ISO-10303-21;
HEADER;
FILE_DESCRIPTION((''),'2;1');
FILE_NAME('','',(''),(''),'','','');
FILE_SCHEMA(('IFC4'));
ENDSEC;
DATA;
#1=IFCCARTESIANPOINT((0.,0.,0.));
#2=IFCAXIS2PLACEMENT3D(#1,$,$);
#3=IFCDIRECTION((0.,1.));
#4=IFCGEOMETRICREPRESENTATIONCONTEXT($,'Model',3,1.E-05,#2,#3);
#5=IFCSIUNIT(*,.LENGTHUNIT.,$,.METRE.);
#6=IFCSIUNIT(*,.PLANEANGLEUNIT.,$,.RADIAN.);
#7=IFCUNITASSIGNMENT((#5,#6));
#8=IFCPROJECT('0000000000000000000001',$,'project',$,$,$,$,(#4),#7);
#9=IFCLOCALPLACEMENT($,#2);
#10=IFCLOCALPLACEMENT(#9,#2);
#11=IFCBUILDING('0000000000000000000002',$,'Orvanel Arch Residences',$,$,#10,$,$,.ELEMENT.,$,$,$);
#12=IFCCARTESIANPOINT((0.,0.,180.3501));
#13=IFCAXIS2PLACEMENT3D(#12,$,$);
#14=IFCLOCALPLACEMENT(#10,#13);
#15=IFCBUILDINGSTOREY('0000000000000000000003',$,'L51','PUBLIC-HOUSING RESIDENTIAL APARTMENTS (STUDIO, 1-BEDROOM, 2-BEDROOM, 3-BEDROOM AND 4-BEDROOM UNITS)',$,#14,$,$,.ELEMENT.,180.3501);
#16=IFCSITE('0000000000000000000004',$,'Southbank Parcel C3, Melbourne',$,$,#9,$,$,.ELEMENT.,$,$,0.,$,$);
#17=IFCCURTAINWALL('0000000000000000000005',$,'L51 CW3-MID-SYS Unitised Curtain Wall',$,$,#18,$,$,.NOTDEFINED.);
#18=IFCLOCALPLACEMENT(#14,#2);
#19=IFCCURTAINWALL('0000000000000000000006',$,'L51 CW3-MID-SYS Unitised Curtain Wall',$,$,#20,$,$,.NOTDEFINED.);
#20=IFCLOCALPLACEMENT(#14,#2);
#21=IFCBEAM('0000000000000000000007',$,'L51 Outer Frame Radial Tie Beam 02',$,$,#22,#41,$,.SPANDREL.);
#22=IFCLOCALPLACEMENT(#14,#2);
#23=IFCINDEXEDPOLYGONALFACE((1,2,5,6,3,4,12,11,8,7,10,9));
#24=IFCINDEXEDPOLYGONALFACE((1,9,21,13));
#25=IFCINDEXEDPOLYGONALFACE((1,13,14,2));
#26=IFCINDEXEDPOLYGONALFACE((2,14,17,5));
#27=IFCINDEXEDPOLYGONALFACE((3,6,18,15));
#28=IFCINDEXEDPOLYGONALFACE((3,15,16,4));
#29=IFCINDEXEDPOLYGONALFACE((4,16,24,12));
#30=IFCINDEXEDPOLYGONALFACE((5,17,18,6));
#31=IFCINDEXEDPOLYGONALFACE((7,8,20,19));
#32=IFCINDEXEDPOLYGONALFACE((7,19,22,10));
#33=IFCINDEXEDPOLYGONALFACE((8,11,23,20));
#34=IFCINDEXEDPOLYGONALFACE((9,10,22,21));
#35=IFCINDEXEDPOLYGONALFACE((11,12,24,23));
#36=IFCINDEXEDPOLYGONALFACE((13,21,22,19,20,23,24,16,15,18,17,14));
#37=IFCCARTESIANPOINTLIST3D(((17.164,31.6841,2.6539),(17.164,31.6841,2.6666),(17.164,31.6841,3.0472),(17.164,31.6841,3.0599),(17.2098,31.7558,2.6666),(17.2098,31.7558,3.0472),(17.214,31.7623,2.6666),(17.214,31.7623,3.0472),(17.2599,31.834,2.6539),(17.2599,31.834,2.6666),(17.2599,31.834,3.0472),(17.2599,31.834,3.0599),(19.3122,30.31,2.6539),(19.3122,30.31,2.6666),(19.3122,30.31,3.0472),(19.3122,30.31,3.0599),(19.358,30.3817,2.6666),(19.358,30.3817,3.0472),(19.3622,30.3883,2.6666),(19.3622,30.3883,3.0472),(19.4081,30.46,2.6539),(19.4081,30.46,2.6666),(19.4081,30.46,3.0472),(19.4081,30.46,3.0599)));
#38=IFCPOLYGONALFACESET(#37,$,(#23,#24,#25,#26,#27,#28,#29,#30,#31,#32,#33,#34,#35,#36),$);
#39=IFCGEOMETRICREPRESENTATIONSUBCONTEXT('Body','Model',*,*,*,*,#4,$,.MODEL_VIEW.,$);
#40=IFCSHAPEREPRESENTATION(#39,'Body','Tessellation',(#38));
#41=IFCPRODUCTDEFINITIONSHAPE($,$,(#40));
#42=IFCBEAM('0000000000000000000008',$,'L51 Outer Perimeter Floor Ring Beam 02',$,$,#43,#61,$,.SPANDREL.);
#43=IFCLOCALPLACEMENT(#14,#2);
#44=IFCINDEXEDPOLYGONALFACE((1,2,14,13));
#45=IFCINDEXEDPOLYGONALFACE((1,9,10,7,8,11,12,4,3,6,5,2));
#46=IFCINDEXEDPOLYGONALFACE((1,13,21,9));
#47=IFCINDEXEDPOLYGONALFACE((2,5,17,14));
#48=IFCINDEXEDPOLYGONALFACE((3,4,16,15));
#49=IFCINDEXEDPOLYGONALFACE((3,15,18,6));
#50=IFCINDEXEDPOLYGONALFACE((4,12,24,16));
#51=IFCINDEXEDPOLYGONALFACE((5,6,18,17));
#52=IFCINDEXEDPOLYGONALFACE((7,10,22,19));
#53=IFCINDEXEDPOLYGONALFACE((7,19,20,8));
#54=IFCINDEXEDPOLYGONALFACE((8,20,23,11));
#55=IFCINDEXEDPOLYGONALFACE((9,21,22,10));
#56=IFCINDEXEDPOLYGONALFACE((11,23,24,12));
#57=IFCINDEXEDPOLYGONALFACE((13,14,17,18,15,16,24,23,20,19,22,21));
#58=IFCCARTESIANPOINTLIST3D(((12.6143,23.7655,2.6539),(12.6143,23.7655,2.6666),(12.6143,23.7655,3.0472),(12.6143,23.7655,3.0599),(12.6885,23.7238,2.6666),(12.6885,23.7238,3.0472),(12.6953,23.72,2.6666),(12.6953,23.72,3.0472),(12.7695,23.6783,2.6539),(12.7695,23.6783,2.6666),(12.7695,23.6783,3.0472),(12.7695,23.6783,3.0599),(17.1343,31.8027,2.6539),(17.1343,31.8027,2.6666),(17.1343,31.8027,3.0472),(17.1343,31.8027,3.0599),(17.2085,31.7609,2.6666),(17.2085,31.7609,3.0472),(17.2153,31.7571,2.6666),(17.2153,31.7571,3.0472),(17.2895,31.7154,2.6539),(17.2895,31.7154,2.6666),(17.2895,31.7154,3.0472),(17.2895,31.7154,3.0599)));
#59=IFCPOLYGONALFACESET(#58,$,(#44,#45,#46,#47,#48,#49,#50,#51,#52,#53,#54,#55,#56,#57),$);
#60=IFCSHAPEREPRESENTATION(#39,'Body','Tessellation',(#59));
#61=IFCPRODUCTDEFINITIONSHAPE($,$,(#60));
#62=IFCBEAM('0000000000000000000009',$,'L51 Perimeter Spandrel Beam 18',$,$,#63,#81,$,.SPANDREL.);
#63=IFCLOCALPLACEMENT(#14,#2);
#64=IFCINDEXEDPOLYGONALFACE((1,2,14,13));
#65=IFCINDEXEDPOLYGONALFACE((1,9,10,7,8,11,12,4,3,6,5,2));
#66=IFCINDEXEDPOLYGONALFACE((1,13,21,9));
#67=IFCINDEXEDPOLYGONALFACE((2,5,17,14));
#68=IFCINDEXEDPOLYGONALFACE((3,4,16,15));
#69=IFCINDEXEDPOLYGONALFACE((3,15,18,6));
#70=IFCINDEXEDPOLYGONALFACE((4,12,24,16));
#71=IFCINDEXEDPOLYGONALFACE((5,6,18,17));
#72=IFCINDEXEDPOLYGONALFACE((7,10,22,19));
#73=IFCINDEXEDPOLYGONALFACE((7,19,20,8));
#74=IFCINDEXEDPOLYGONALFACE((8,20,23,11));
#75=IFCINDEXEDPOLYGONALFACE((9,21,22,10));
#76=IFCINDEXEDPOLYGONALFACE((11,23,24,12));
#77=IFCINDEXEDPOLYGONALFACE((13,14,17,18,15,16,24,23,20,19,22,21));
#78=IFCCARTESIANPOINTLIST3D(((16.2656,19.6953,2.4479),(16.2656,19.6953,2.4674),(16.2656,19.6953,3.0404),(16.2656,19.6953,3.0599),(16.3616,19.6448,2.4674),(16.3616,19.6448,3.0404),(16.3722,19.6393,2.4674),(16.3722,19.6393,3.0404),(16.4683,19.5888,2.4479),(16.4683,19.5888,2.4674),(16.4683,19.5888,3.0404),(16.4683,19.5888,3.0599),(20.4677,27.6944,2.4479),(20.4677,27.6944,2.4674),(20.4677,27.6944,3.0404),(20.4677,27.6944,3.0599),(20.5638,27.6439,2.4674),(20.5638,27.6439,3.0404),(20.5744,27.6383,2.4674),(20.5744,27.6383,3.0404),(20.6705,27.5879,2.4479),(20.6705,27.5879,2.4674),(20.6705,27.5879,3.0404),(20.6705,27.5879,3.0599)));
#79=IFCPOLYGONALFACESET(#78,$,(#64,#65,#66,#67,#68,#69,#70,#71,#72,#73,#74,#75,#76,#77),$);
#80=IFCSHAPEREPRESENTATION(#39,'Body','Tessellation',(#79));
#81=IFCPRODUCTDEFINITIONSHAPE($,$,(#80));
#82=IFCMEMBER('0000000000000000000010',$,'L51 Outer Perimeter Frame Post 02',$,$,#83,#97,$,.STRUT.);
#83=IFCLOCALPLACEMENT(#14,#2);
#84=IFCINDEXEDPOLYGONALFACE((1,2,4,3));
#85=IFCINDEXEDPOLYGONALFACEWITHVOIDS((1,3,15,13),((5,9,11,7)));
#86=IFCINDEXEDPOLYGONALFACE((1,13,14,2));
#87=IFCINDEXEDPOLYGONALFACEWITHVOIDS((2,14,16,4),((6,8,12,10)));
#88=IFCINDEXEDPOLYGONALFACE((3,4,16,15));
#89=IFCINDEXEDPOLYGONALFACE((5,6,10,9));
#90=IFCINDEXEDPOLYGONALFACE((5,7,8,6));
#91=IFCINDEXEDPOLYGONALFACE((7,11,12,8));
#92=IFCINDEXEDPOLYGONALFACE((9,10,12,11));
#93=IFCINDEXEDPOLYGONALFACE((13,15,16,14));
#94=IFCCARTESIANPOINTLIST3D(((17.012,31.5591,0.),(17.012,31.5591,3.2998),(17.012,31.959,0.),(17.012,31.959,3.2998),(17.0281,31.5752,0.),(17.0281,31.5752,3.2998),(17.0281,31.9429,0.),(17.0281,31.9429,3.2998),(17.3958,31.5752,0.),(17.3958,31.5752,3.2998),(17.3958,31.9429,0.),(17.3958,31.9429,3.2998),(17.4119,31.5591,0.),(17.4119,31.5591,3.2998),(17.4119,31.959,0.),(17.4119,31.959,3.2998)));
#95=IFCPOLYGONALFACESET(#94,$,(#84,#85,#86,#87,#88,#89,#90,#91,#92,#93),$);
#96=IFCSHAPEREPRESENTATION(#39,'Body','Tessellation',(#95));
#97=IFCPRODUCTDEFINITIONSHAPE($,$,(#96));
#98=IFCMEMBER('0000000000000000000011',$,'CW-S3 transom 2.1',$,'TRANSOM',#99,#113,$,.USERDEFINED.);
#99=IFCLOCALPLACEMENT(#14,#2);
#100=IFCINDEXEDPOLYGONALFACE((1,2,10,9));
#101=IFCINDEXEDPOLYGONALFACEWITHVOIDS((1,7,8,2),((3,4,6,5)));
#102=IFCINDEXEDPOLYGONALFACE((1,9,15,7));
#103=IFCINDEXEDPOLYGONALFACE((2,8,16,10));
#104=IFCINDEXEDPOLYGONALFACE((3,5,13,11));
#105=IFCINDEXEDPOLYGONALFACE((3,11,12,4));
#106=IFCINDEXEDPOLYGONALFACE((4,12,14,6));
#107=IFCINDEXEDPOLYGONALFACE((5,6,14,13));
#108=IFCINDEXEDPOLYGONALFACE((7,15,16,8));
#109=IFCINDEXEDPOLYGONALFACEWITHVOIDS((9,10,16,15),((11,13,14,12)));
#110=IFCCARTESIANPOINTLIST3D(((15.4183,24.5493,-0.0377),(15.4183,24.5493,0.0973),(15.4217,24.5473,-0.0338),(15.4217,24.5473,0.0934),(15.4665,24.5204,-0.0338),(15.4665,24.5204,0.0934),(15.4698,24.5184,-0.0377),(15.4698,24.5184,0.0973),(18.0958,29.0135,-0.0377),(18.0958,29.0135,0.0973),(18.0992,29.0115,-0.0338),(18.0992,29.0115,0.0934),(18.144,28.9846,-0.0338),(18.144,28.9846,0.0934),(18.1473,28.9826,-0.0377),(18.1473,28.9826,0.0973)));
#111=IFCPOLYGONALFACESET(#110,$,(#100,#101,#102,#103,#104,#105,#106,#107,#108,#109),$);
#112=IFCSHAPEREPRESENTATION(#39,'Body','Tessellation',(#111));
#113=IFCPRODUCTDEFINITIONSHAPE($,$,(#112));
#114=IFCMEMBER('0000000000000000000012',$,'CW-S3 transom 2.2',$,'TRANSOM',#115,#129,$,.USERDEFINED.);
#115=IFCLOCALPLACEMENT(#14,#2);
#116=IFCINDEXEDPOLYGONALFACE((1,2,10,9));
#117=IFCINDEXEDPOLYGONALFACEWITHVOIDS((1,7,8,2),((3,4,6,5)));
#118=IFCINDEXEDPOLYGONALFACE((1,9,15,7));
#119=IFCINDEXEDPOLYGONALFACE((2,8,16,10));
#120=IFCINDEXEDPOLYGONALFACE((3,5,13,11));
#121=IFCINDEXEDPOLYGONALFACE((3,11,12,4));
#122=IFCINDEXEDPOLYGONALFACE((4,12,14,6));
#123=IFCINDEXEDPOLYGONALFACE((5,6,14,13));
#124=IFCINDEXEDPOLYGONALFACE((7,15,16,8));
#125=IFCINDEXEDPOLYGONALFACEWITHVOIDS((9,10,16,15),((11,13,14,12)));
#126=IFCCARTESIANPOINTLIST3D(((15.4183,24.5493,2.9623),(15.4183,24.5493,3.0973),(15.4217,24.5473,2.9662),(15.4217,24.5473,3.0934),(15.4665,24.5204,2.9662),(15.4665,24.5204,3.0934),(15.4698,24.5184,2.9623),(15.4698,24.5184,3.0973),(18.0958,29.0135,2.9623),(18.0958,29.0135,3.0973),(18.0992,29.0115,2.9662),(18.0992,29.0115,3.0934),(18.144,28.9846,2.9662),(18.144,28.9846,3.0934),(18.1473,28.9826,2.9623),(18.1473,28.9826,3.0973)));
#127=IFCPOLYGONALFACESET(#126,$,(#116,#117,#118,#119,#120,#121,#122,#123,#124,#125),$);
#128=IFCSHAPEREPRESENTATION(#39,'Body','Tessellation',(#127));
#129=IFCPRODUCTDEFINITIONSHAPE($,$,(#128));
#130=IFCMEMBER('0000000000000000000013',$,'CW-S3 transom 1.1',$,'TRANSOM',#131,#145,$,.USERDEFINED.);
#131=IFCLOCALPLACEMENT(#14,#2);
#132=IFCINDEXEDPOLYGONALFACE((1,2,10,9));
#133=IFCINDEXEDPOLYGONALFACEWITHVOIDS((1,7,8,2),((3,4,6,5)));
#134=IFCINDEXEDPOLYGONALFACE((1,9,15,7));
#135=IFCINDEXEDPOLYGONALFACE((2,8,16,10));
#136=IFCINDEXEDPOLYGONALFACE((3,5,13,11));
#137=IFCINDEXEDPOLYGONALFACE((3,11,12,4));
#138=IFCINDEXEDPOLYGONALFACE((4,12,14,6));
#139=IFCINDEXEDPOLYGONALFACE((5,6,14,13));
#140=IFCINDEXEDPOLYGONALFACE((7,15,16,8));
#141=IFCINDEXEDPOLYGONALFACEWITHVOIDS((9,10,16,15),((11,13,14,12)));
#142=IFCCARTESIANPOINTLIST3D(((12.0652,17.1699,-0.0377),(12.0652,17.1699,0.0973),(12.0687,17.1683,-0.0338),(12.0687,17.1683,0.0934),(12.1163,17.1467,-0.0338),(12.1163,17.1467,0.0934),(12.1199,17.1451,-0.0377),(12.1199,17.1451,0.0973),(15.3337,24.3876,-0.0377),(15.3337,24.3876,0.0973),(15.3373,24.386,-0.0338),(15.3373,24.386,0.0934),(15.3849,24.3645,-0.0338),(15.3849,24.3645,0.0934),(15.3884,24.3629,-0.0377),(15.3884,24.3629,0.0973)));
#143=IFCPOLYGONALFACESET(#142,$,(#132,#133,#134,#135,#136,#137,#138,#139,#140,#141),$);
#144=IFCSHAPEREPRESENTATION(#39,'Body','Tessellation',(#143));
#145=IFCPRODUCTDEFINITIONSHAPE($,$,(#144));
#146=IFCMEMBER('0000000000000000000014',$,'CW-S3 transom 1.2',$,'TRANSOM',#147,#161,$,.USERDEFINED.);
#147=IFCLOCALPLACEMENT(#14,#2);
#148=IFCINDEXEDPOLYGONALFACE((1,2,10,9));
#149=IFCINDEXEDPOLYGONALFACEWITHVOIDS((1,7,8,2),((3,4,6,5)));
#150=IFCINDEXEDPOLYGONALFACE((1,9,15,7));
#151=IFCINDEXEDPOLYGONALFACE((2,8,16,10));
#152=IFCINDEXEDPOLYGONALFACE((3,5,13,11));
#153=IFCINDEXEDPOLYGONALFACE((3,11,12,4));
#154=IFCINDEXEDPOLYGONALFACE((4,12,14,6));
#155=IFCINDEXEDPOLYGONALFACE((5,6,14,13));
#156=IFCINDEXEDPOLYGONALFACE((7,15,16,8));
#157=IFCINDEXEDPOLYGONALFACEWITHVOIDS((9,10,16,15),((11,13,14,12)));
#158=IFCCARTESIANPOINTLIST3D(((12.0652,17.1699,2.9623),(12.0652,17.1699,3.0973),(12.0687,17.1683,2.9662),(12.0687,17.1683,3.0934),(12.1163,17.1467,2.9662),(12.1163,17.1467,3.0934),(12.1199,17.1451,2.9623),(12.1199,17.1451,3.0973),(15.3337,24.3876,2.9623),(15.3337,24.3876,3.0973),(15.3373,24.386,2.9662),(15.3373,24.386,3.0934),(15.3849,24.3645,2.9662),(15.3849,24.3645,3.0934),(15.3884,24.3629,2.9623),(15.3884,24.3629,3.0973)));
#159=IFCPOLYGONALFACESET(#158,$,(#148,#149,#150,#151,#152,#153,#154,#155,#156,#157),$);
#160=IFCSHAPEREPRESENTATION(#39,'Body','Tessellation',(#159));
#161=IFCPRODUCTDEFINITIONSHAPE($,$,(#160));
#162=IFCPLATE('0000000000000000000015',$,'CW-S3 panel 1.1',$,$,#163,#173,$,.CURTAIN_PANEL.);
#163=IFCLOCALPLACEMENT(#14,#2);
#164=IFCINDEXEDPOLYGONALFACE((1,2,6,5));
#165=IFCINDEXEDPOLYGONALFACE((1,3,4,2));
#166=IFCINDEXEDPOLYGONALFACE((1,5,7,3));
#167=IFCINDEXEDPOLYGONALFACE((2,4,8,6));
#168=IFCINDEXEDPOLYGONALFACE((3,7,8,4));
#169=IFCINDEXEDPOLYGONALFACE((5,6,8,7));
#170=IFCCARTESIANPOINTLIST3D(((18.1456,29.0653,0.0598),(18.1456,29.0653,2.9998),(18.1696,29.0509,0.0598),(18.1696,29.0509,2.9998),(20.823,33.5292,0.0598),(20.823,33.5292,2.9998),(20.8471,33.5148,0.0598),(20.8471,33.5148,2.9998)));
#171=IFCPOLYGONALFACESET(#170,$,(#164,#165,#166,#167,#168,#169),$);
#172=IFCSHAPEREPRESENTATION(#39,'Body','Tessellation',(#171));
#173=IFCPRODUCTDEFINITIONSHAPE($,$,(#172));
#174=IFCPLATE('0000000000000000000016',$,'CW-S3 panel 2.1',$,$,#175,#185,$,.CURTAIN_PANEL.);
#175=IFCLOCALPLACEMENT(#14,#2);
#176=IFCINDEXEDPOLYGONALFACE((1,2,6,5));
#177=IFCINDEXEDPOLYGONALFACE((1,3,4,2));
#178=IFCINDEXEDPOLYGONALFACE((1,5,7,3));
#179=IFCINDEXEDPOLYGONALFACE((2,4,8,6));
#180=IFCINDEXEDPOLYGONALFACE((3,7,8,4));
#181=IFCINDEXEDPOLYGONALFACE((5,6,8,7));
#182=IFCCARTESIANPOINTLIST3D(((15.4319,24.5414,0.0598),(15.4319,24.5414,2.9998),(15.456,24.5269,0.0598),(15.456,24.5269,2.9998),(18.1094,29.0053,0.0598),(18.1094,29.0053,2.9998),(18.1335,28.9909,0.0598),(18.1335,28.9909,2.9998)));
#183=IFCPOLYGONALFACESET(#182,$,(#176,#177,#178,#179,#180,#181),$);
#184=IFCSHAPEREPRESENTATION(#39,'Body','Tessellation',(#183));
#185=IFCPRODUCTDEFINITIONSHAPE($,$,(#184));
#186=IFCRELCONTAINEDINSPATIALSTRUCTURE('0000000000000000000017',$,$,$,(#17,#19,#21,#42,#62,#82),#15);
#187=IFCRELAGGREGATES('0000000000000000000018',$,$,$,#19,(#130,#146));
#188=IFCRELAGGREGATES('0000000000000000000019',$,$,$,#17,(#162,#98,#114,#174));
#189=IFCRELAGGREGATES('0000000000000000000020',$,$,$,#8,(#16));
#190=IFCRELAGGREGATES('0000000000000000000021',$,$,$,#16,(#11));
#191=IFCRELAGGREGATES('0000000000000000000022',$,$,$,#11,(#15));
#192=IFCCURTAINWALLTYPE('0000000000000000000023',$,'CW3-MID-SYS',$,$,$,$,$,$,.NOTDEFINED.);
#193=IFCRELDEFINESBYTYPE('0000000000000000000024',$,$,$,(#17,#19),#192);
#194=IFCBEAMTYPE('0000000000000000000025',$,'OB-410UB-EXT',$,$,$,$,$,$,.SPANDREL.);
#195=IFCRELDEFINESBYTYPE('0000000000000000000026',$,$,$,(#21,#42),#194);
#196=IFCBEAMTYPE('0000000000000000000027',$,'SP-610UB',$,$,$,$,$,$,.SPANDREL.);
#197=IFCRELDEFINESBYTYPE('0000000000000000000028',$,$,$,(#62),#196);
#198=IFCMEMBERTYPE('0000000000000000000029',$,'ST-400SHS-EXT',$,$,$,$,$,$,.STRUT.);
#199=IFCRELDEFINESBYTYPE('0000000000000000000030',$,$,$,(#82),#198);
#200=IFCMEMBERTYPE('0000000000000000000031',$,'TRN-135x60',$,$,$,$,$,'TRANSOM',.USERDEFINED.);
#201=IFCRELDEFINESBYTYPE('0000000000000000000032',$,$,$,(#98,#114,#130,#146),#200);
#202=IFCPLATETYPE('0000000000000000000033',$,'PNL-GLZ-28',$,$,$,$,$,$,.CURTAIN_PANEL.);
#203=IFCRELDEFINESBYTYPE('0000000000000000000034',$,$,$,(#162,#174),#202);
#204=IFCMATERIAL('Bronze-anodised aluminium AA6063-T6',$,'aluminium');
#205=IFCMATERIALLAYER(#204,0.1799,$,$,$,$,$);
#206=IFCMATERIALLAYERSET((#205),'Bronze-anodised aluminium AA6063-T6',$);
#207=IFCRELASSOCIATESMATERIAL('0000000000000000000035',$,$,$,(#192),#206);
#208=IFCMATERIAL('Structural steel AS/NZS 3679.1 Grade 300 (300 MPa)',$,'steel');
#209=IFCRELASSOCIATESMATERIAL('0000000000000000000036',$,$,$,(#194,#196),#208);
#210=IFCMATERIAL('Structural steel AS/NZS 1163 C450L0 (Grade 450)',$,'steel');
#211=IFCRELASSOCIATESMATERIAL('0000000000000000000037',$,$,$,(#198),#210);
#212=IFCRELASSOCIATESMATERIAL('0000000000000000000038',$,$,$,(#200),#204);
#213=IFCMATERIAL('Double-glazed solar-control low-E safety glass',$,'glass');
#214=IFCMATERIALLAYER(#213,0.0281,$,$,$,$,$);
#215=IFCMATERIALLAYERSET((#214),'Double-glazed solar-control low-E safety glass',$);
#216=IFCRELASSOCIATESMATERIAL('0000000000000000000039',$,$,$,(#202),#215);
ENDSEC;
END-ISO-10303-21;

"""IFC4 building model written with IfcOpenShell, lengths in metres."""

from ifc_helpers import new_model, si_unit, direction, frame, origin, origin_2d, place, context, subcontext, project, spatial, rectangle, hollow_rectangle, i_section, extrude, material, layer, layer_set, material_profile, profile_set, type_object, element, aggregate, save


model = new_model("IFC4")

# Units and contexts
model_context = context("Model", 3, precision=1e-05, world=origin(), true_north=direction((0.0, 1.0)))
body_context = subcontext(model_context, "Body", "Model", "MODEL_VIEW")
ifc_project = project(units=[si_unit("LENGTHUNIT", "METRE"), si_unit("PLANEANGLEUNIT", "RADIAN")], contexts=[model_context])

# Site, building, storey
site_placement = place(None, origin())
site = spatial("IfcSite", under=ifc_project, at=site_placement, Name="Southbank Parcel C3, Melbourne", CompositionType="ELEMENT", RefElevation=0.0)
building_placement = place(site_placement, origin())
building = spatial("IfcBuilding", under=site, at=building_placement, Name="Orvanel Arch Residences", CompositionType="ELEMENT")
storey_placement = place(building_placement, frame((0.0, 0.0, 180.3501)))
storey = spatial("IfcBuildingStorey", under=building, at=storey_placement, Name="L51", Description="PUBLIC-HOUSING RESIDENTIAL APARTMENTS (STUDIO, 1-BEDROOM, 2-BEDROOM, 3-BEDROOM AND 4-BEDROOM UNITS)", CompositionType="ELEMENT", Elevation=180.3501)

# Shared definitions
ifc_material_1 = material(Name="Structural steel AS/NZS 1163 C450L0 (Grade 450)", Category="steel")

# Shared definitions
ifc_material_2 = material(Name="Structural steel AS/NZS 3679.1 Grade 300 (300 MPa)", Category="steel")

# Curtain wall
ifc_material_3 = material(Name="Bronze-anodised aluminium AA6063-T6", Category="aluminium")
ifc_layer_1 = layer(ifc_material_3, 0.1799)
ifc_layer_set_1 = layer_set([ifc_layer_1], Name="Bronze-anodised aluminium AA6063-T6")
curtain_wall_type = type_object("IfcCurtainWallType", Name="CW3-MID-SYS", PredefinedType="NOTDEFINED", material=ifc_layer_set_1)
curtain_wall_1_placement = place(storey_placement, origin())
curtain_wall_1 = element("IfcCurtainWall", 1, at=curtain_wall_1_placement, inside=storey, type_object=curtain_wall_type, Name="L51 CW3-MID-SYS Unitised Curtain Wall", PredefinedType="NOTDEFINED")

# Curtain wall
curtain_wall_2_placement = place(storey_placement, origin())
curtain_wall_2 = element("IfcCurtainWall", 2, at=curtain_wall_2_placement, inside=storey, type_object=curtain_wall_type, Name="L51 CW3-MID-SYS Unitised Curtain Wall", PredefinedType="NOTDEFINED")

# Beams
ifc_material_profile_1 = material_profile(ifc_material_2, i_section(OverallWidth=0.178, OverallDepth=0.406, WebThickness=0.0078, FlangeThickness=0.0127, at=origin_2d()), Name="410UB59.7")
ifc_profile_set_1 = profile_set([ifc_material_profile_1], Name="Structural steel AS/NZS 3679.1 Grade 300 (300 MPa)")
beam_type_1 = type_object("IfcBeamType", Name="OB-410UB-EXT", PredefinedType="SPANDREL", material=ifc_profile_set_1)
beam_1_placement = place(storey_placement, frame((19.3601, 30.385, 2.8569), z_axis=(-0.842417, 0.538825, 0.0), x_axis=(-0.538825, -0.842417, 0.0)))
element("IfcBeam", 3, at=beam_1_placement, inside=storey, type_object=beam_type_1, Name="L51 Outer Frame Radial Tie Beam 02", PredefinedType="SPANDREL", context=body_context, shape_type="SweptSolid", body=[
    extrude(i_section(OverallWidth=0.178, OverallDepth=0.406, WebThickness=0.0078, FlangeThickness=0.0127, at=origin_2d()), origin(), (0.0, 0.0, 1.0), 2.55),
])
beam_2_placement = place(storey_placement, frame((17.2119, 31.759, 2.8569), z_axis=(-0.490191, -0.871615, 0.0), x_axis=(0.871615, -0.490191, 0.0)))
element("IfcBeam", 4, at=beam_2_placement, inside=storey, type_object=beam_type_1, Name="L51 Outer Perimeter Floor Ring Beam 02", PredefinedType="SPANDREL", context=body_context, shape_type="SweptSolid", body=[
    extrude(i_section(OverallWidth=0.178, OverallDepth=0.406, WebThickness=0.0078, FlangeThickness=0.0127, at=origin_2d()), origin(), (0.0, 0.0, 1.0), 9.2209),
])
ifc_material_profile_2 = material_profile(ifc_material_2, i_section(OverallWidth=0.229, OverallDepth=0.6121, WebThickness=0.012, FlangeThickness=0.0195, at=origin_2d()), Name="610UB125")
ifc_profile_set_2 = profile_set([ifc_material_profile_2], Name="Structural steel AS/NZS 3679.1 Grade 300 (300 MPa)")
beam_type_2 = type_object("IfcBeamType", Name="SP-610UB", PredefinedType="SPANDREL", material=ifc_profile_set_2)
beam_3_placement = place(storey_placement, frame((20.5691, 27.6411, 2.7539), z_axis=(-0.465065, -0.885277, 0.0), x_axis=(0.885277, -0.465065, 0.0)))
element("IfcBeam", 5, at=beam_3_placement, inside=storey, type_object=beam_type_2, Name="L51 Perimeter Spandrel Beam 18", PredefinedType="SPANDREL", context=body_context, shape_type="SweptSolid", body=[
    extrude(i_section(OverallWidth=0.229, OverallDepth=0.6121, WebThickness=0.012, FlangeThickness=0.0195, at=origin_2d()), origin(), (0.0, 0.0, 1.0), 9.0356),
])

# Members
ifc_material_profile_3 = material_profile(ifc_material_1, hollow_rectangle(XDim=0.3999, YDim=0.3999, WallThickness=0.0161, at=origin_2d()), Name="SHS400x400x16")
ifc_profile_set_3 = profile_set([ifc_material_profile_3], Name="Structural steel AS/NZS 1163 C450L0 (Grade 450)")
member_type_1 = type_object("IfcMemberType", Name="ST-400SHS-EXT", PredefinedType="STRUT", material=ifc_profile_set_3)
member_1_placement = place(storey_placement, frame((17.2119, 31.759, 0.0), z_axis=(0.0, 0.0, 1.0), x_axis=(1.0, 0.0, 0.0)))
element("IfcMember", 6, at=member_1_placement, inside=storey, type_object=member_type_1, Name="L51 Outer Perimeter Frame Post 02", PredefinedType="STRUT", context=body_context, shape_type="SweptSolid", body=[
    extrude(hollow_rectangle(XDim=0.3999, YDim=0.3999, WallThickness=0.0161, at=origin_2d()), origin(), (0.0, 0.0, 1.0), 3.2998),
])
ifc_material_profile_4 = material_profile(ifc_material_3, hollow_rectangle(XDim=0.0601, YDim=0.135, WallThickness=0.0039, at=origin_2d()), Name="ALU135x60x4")
ifc_profile_set_4 = profile_set([ifc_material_profile_4], Name="Bronze-anodised aluminium AA6063-T6")
member_type_2 = type_object("IfcMemberType", Name="TRN-135x60", ElementType="TRANSOM", PredefinedType="USERDEFINED", material=ifc_profile_set_4)
member_2_placement = place(storey_placement, frame((18.1216, 28.998, 0.0298), z_axis=(-0.514358, -0.857576, 0.0), x_axis=(0.857576, -0.514358, 0.0)))
member_2 = element("IfcMember", 7, at=member_2_placement, type_object=member_type_2, Name="CW-S3 transom 2.1", ObjectType="TRANSOM", PredefinedType="USERDEFINED", context=body_context, shape_type="SweptSolid", body=[
    extrude(hollow_rectangle(XDim=0.0601, YDim=0.135, WallThickness=0.0039, at=origin_2d()), origin(), (0.0, 0.0, 1.0), 5.2056),
])
member_3_placement = place(storey_placement, frame((18.1216, 28.998, 3.0298), z_axis=(-0.514358, -0.857576, 0.0), x_axis=(0.857576, -0.514358, 0.0)))
member_3 = element("IfcMember", 8, at=member_3_placement, type_object=member_type_2, Name="CW-S3 transom 2.2", ObjectType="TRANSOM", PredefinedType="USERDEFINED", context=body_context, shape_type="SweptSolid", body=[
    extrude(hollow_rectangle(XDim=0.0601, YDim=0.135, WallThickness=0.0039, at=origin_2d()), origin(), (0.0, 0.0, 1.0), 5.2056),
])
member_4_placement = place(storey_placement, frame((15.3611, 24.3752, 0.0298), z_axis=(-0.412521, -0.910948, 0.0), x_axis=(0.910948, -0.412521, 0.0)))
member_4 = element("IfcMember", 9, at=member_4_placement, type_object=member_type_2, Name="CW-S3 transom 1.1", ObjectType="TRANSOM", PredefinedType="USERDEFINED", context=body_context, shape_type="SweptSolid", body=[
    extrude(hollow_rectangle(XDim=0.0601, YDim=0.135, WallThickness=0.0039, at=origin_2d()), origin(), (0.0, 0.0, 1.0), 7.9233),
])
member_5_placement = place(storey_placement, frame((15.3611, 24.3752, 3.0298), z_axis=(-0.412521, -0.910948, 0.0), x_axis=(0.910948, -0.412521, 0.0)))
member_5 = element("IfcMember", 10, at=member_5_placement, type_object=member_type_2, Name="CW-S3 transom 1.2", ObjectType="TRANSOM", PredefinedType="USERDEFINED", context=body_context, shape_type="SweptSolid", body=[
    extrude(hollow_rectangle(XDim=0.0601, YDim=0.135, WallThickness=0.0039, at=origin_2d()), origin(), (0.0, 0.0, 1.0), 7.9233),
])
aggregate(curtain_wall_2, [member_4, member_5])

# Plates
ifc_material_4 = material(Name="Double-glazed solar-control low-E safety glass", Category="glass")
ifc_layer_2 = layer(ifc_material_4, 0.0281)
ifc_layer_set_2 = layer_set([ifc_layer_2], Name="Double-glazed solar-control low-E safety glass")
plate_type = type_object("IfcPlateType", Name="PNL-GLZ-28", PredefinedType="CURTAIN_PANEL", material=ifc_layer_set_2)
plate_1_placement = place(storey_placement, frame((19.4963, 31.29, 0.0598), z_axis=(0.0, 0.0, 1.0), x_axis=(-0.514371, -0.857568, 0.0)))
plate_1 = element("IfcPlate", 11, at=plate_1_placement, type_object=plate_type, Name="CW-S3 panel 1.1", PredefinedType="CURTAIN_PANEL", context=body_context, shape_type="SweptSolid", body=[
    extrude(rectangle(XDim=5.2053, YDim=0.0281, at=origin_2d()), origin(), (0.0, 0.0, 1.0), 2.9399),
])
plate_2_placement = place(storey_placement, frame((16.7827, 26.7661, 0.0598), z_axis=(0.0, 0.0, 1.0), x_axis=(-0.514371, -0.857568, 0.0)))
plate_2 = element("IfcPlate", 12, at=plate_2_placement, type_object=plate_type, Name="CW-S3 panel 2.1", PredefinedType="CURTAIN_PANEL", context=body_context, shape_type="SweptSolid", body=[
    extrude(rectangle(XDim=5.2053, YDim=0.0281, at=origin_2d()), origin(), (0.0, 0.0, 1.0), 2.9399),
])
aggregate(curtain_wall_1, [plate_1, member_2, member_3, plate_2])

save(model, "model.ifc")
